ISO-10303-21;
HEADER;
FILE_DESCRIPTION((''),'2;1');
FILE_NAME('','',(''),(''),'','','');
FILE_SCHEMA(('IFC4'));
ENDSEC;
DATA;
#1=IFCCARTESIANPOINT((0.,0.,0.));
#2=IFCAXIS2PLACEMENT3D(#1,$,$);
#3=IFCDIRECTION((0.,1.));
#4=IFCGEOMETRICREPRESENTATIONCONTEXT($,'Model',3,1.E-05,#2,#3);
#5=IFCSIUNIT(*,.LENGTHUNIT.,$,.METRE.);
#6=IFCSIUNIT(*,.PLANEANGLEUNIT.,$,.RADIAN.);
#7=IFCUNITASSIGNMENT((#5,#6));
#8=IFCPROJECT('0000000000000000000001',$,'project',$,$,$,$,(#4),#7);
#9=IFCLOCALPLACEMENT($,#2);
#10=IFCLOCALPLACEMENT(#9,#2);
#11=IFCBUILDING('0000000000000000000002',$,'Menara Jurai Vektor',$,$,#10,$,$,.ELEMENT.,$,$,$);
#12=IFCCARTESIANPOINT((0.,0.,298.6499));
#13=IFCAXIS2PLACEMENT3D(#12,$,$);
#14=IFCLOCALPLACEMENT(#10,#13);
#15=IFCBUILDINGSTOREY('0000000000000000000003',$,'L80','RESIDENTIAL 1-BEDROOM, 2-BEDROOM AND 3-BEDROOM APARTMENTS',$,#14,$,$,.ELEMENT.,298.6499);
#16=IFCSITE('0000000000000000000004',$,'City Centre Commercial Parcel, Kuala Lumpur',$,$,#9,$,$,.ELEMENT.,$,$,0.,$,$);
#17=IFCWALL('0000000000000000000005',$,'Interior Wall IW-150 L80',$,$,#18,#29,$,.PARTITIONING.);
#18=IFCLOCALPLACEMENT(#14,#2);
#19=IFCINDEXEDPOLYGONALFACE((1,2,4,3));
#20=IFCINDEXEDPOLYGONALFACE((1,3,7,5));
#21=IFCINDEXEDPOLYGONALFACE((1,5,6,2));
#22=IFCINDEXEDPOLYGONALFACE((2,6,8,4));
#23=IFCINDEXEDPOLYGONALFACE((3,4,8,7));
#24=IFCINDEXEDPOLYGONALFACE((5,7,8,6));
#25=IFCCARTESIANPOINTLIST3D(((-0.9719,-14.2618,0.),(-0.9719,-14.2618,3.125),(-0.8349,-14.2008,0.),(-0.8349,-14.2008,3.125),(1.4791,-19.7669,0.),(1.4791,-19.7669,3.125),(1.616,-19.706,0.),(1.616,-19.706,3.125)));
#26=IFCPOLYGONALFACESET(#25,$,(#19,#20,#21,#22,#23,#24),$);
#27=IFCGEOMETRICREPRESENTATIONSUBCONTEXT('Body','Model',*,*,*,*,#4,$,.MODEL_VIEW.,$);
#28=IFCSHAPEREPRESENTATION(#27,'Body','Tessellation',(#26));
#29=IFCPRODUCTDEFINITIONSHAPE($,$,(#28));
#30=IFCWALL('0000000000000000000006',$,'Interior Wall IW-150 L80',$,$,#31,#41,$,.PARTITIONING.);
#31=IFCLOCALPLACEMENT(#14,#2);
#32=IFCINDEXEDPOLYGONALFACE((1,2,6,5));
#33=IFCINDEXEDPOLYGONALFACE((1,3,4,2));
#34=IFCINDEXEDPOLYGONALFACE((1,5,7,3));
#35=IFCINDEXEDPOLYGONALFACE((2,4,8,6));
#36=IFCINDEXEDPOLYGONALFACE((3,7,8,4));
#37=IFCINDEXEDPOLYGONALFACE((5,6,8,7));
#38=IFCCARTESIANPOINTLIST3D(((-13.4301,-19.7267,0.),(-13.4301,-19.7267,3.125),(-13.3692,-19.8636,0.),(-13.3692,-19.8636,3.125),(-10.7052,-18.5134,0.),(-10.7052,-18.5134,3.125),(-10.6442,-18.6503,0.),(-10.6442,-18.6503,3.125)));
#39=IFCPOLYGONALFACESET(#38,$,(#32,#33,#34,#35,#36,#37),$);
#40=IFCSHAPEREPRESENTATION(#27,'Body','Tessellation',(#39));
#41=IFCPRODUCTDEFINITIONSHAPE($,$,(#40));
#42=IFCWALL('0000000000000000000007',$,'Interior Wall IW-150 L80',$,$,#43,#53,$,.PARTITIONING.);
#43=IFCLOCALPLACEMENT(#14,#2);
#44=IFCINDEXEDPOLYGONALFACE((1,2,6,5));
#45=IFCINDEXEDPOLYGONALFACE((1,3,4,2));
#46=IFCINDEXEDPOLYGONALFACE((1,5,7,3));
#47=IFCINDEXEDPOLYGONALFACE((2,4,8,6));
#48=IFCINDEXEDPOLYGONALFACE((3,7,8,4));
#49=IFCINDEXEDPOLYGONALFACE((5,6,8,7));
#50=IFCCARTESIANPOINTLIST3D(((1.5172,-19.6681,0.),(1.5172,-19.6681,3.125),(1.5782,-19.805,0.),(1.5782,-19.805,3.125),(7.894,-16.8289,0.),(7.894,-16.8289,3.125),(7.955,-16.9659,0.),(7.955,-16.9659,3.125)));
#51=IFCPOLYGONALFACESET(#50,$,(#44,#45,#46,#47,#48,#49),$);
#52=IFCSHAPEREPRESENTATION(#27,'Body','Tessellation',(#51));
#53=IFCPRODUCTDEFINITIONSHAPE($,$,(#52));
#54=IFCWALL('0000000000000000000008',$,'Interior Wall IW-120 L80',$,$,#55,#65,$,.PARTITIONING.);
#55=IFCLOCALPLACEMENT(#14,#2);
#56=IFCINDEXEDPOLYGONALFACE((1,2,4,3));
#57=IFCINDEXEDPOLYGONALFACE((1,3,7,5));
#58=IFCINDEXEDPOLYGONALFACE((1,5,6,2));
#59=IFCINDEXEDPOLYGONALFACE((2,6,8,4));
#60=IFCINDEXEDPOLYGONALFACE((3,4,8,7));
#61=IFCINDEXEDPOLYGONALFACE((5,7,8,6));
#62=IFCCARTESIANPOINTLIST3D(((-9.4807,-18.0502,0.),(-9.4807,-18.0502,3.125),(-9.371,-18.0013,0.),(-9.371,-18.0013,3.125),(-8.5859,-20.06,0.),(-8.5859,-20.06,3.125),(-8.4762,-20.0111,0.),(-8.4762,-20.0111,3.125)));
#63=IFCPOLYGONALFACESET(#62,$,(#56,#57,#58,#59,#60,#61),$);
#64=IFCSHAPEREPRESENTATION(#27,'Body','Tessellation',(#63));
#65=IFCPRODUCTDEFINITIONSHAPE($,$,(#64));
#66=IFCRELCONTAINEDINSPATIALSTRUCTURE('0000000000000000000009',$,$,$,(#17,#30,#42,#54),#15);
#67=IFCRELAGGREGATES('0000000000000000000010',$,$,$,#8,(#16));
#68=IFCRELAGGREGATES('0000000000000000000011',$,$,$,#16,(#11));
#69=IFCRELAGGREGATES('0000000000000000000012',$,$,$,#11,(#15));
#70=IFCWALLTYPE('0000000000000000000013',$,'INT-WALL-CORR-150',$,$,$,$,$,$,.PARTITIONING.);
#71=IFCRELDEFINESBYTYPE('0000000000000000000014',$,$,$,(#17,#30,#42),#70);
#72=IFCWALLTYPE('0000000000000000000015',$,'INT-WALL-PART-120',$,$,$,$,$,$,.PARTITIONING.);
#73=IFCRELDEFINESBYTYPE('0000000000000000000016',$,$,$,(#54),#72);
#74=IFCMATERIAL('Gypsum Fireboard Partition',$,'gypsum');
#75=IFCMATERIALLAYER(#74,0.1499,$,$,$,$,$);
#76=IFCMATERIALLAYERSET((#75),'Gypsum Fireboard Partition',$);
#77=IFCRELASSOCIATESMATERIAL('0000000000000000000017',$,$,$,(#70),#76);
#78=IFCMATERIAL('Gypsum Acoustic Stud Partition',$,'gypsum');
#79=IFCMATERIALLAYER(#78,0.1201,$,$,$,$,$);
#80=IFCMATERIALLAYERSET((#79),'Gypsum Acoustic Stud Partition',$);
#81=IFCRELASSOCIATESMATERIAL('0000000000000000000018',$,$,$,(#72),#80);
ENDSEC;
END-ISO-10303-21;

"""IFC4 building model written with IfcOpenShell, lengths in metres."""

from ifc_helpers import new_model, si_unit, direction, frame, frame_2d, origin, place, context, subcontext, project, spatial, rectangle, extrude, material, layer, layer_set, type_object, element, save


model = new_model("IFC4")

# Units and contexts
model_context = context("Model", 3, precision=1e-05, world=origin(), true_north=direction((0.0, 1.0)))
body_context = subcontext(model_context, "Body", "Model", "MODEL_VIEW")
ifc_project = project(units=[si_unit("LENGTHUNIT", "METRE"), si_unit("PLANEANGLEUNIT", "RADIAN")], contexts=[model_context])

# Site, building, storey
site_placement = place(None, origin())
site = spatial("IfcSite", under=ifc_project, at=site_placement, Name="City Centre Commercial Parcel, Kuala Lumpur", CompositionType="ELEMENT", RefElevation=0.0)
building_placement = place(site_placement, origin())
building = spatial("IfcBuilding", under=site, at=building_placement, Name="Menara Jurai Vektor", CompositionType="ELEMENT")
storey_placement = place(building_placement, frame((0.0, 0.0, 298.6499)))
storey = spatial("IfcBuildingStorey", under=building, at=storey_placement, Name="L80", Description="RESIDENTIAL 1-BEDROOM, 2-BEDROOM AND 3-BEDROOM APARTMENTS", CompositionType="ELEMENT", Elevation=298.6499)

# Shared definitions
ifc_material_1 = material(Name="Gypsum Fireboard Partition", Category="gypsum")
ifc_layer_1 = layer(ifc_material_1, 0.1499)
ifc_layer_set_1 = layer_set([ifc_layer_1], Name="Gypsum Fireboard Partition")
wall_type_1 = type_object("IfcWallType", Name="INT-WALL-CORR-150", PredefinedType="PARTITIONING", material=ifc_layer_set_1)

# Walls
wall_1_placement = place(storey_placement, frame((1.5476, -19.7366, 0.0), z_axis=(0.0, 0.0, 1.0), x_axis=(-0.406721, 0.913552, 0.0)))
element("IfcWall", 1, at=wall_1_placement, inside=storey, type_object=wall_type_1, Name="Interior Wall IW-150 L80", PredefinedType="PARTITIONING", context=body_context, shape_type="SweptSolid", body=[
    extrude(rectangle(XDim=6.0261, YDim=0.1499, at=frame_2d((3.0132, 0.0))), origin(), (0.0, 0.0, 1.0), 3.125),
])
wall_2_placement = place(storey_placement, frame((-13.3997, -19.7952, 0.0), z_axis=(0.0, 0.0, 1.0), x_axis=(0.913535, 0.406761, 0.0)))
element("IfcWall", 2, at=wall_2_placement, inside=storey, type_object=wall_type_1, Name="Interior Wall IW-150 L80", PredefinedType="PARTITIONING", context=body_context, shape_type="SweptSolid", body=[
    extrude(rectangle(XDim=2.9829, YDim=0.1499, at=frame_2d((1.4915, 0.0))), origin(), (0.0, 0.0, 1.0), 3.125),
])
wall_3_placement = place(storey_placement, frame((1.5476, -19.7366, 0.0), z_axis=(0.0, 0.0, 1.0), x_axis=(0.913545, 0.406739, 0.0)))
element("IfcWall", 3, at=wall_3_placement, inside=storey, type_object=wall_type_1, Name="Interior Wall IW-150 L80", PredefinedType="PARTITIONING", context=body_context, shape_type="SweptSolid", body=[
    extrude(rectangle(XDim=6.9802, YDim=0.1499, at=frame_2d((3.4902, 0.0))), origin(), (0.0, 0.0, 1.0), 3.125),
])
ifc_material_2 = material(Name="Gypsum Acoustic Stud Partition", Category="gypsum")
ifc_layer_2 = layer(ifc_material_2, 0.1201)
ifc_layer_set_2 = layer_set([ifc_layer_2], Name="Gypsum Acoustic Stud Partition")
wall_type_2 = type_object("IfcWallType", Name="INT-WALL-PART-120", PredefinedType="PARTITIONING", material=ifc_layer_set_2)
wall_4_placement = place(storey_placement, frame((-8.531, -20.0356, 0.0), z_axis=(0.0, 0.0, 1.0), x_axis=(-0.406725, 0.913551, 0.0)))
element("IfcWall", 4, at=wall_4_placement, inside=storey, type_object=wall_type_2, Name="Interior Wall IW-120 L80", PredefinedType="PARTITIONING", context=body_context, shape_type="SweptSolid", body=[
    extrude(rectangle(XDim=2.2, YDim=0.1201, at=frame_2d((1.1001, 0.0))), origin(), (0.0, 0.0, 1.0), 3.125),
])

save(model, "model.ifc")
